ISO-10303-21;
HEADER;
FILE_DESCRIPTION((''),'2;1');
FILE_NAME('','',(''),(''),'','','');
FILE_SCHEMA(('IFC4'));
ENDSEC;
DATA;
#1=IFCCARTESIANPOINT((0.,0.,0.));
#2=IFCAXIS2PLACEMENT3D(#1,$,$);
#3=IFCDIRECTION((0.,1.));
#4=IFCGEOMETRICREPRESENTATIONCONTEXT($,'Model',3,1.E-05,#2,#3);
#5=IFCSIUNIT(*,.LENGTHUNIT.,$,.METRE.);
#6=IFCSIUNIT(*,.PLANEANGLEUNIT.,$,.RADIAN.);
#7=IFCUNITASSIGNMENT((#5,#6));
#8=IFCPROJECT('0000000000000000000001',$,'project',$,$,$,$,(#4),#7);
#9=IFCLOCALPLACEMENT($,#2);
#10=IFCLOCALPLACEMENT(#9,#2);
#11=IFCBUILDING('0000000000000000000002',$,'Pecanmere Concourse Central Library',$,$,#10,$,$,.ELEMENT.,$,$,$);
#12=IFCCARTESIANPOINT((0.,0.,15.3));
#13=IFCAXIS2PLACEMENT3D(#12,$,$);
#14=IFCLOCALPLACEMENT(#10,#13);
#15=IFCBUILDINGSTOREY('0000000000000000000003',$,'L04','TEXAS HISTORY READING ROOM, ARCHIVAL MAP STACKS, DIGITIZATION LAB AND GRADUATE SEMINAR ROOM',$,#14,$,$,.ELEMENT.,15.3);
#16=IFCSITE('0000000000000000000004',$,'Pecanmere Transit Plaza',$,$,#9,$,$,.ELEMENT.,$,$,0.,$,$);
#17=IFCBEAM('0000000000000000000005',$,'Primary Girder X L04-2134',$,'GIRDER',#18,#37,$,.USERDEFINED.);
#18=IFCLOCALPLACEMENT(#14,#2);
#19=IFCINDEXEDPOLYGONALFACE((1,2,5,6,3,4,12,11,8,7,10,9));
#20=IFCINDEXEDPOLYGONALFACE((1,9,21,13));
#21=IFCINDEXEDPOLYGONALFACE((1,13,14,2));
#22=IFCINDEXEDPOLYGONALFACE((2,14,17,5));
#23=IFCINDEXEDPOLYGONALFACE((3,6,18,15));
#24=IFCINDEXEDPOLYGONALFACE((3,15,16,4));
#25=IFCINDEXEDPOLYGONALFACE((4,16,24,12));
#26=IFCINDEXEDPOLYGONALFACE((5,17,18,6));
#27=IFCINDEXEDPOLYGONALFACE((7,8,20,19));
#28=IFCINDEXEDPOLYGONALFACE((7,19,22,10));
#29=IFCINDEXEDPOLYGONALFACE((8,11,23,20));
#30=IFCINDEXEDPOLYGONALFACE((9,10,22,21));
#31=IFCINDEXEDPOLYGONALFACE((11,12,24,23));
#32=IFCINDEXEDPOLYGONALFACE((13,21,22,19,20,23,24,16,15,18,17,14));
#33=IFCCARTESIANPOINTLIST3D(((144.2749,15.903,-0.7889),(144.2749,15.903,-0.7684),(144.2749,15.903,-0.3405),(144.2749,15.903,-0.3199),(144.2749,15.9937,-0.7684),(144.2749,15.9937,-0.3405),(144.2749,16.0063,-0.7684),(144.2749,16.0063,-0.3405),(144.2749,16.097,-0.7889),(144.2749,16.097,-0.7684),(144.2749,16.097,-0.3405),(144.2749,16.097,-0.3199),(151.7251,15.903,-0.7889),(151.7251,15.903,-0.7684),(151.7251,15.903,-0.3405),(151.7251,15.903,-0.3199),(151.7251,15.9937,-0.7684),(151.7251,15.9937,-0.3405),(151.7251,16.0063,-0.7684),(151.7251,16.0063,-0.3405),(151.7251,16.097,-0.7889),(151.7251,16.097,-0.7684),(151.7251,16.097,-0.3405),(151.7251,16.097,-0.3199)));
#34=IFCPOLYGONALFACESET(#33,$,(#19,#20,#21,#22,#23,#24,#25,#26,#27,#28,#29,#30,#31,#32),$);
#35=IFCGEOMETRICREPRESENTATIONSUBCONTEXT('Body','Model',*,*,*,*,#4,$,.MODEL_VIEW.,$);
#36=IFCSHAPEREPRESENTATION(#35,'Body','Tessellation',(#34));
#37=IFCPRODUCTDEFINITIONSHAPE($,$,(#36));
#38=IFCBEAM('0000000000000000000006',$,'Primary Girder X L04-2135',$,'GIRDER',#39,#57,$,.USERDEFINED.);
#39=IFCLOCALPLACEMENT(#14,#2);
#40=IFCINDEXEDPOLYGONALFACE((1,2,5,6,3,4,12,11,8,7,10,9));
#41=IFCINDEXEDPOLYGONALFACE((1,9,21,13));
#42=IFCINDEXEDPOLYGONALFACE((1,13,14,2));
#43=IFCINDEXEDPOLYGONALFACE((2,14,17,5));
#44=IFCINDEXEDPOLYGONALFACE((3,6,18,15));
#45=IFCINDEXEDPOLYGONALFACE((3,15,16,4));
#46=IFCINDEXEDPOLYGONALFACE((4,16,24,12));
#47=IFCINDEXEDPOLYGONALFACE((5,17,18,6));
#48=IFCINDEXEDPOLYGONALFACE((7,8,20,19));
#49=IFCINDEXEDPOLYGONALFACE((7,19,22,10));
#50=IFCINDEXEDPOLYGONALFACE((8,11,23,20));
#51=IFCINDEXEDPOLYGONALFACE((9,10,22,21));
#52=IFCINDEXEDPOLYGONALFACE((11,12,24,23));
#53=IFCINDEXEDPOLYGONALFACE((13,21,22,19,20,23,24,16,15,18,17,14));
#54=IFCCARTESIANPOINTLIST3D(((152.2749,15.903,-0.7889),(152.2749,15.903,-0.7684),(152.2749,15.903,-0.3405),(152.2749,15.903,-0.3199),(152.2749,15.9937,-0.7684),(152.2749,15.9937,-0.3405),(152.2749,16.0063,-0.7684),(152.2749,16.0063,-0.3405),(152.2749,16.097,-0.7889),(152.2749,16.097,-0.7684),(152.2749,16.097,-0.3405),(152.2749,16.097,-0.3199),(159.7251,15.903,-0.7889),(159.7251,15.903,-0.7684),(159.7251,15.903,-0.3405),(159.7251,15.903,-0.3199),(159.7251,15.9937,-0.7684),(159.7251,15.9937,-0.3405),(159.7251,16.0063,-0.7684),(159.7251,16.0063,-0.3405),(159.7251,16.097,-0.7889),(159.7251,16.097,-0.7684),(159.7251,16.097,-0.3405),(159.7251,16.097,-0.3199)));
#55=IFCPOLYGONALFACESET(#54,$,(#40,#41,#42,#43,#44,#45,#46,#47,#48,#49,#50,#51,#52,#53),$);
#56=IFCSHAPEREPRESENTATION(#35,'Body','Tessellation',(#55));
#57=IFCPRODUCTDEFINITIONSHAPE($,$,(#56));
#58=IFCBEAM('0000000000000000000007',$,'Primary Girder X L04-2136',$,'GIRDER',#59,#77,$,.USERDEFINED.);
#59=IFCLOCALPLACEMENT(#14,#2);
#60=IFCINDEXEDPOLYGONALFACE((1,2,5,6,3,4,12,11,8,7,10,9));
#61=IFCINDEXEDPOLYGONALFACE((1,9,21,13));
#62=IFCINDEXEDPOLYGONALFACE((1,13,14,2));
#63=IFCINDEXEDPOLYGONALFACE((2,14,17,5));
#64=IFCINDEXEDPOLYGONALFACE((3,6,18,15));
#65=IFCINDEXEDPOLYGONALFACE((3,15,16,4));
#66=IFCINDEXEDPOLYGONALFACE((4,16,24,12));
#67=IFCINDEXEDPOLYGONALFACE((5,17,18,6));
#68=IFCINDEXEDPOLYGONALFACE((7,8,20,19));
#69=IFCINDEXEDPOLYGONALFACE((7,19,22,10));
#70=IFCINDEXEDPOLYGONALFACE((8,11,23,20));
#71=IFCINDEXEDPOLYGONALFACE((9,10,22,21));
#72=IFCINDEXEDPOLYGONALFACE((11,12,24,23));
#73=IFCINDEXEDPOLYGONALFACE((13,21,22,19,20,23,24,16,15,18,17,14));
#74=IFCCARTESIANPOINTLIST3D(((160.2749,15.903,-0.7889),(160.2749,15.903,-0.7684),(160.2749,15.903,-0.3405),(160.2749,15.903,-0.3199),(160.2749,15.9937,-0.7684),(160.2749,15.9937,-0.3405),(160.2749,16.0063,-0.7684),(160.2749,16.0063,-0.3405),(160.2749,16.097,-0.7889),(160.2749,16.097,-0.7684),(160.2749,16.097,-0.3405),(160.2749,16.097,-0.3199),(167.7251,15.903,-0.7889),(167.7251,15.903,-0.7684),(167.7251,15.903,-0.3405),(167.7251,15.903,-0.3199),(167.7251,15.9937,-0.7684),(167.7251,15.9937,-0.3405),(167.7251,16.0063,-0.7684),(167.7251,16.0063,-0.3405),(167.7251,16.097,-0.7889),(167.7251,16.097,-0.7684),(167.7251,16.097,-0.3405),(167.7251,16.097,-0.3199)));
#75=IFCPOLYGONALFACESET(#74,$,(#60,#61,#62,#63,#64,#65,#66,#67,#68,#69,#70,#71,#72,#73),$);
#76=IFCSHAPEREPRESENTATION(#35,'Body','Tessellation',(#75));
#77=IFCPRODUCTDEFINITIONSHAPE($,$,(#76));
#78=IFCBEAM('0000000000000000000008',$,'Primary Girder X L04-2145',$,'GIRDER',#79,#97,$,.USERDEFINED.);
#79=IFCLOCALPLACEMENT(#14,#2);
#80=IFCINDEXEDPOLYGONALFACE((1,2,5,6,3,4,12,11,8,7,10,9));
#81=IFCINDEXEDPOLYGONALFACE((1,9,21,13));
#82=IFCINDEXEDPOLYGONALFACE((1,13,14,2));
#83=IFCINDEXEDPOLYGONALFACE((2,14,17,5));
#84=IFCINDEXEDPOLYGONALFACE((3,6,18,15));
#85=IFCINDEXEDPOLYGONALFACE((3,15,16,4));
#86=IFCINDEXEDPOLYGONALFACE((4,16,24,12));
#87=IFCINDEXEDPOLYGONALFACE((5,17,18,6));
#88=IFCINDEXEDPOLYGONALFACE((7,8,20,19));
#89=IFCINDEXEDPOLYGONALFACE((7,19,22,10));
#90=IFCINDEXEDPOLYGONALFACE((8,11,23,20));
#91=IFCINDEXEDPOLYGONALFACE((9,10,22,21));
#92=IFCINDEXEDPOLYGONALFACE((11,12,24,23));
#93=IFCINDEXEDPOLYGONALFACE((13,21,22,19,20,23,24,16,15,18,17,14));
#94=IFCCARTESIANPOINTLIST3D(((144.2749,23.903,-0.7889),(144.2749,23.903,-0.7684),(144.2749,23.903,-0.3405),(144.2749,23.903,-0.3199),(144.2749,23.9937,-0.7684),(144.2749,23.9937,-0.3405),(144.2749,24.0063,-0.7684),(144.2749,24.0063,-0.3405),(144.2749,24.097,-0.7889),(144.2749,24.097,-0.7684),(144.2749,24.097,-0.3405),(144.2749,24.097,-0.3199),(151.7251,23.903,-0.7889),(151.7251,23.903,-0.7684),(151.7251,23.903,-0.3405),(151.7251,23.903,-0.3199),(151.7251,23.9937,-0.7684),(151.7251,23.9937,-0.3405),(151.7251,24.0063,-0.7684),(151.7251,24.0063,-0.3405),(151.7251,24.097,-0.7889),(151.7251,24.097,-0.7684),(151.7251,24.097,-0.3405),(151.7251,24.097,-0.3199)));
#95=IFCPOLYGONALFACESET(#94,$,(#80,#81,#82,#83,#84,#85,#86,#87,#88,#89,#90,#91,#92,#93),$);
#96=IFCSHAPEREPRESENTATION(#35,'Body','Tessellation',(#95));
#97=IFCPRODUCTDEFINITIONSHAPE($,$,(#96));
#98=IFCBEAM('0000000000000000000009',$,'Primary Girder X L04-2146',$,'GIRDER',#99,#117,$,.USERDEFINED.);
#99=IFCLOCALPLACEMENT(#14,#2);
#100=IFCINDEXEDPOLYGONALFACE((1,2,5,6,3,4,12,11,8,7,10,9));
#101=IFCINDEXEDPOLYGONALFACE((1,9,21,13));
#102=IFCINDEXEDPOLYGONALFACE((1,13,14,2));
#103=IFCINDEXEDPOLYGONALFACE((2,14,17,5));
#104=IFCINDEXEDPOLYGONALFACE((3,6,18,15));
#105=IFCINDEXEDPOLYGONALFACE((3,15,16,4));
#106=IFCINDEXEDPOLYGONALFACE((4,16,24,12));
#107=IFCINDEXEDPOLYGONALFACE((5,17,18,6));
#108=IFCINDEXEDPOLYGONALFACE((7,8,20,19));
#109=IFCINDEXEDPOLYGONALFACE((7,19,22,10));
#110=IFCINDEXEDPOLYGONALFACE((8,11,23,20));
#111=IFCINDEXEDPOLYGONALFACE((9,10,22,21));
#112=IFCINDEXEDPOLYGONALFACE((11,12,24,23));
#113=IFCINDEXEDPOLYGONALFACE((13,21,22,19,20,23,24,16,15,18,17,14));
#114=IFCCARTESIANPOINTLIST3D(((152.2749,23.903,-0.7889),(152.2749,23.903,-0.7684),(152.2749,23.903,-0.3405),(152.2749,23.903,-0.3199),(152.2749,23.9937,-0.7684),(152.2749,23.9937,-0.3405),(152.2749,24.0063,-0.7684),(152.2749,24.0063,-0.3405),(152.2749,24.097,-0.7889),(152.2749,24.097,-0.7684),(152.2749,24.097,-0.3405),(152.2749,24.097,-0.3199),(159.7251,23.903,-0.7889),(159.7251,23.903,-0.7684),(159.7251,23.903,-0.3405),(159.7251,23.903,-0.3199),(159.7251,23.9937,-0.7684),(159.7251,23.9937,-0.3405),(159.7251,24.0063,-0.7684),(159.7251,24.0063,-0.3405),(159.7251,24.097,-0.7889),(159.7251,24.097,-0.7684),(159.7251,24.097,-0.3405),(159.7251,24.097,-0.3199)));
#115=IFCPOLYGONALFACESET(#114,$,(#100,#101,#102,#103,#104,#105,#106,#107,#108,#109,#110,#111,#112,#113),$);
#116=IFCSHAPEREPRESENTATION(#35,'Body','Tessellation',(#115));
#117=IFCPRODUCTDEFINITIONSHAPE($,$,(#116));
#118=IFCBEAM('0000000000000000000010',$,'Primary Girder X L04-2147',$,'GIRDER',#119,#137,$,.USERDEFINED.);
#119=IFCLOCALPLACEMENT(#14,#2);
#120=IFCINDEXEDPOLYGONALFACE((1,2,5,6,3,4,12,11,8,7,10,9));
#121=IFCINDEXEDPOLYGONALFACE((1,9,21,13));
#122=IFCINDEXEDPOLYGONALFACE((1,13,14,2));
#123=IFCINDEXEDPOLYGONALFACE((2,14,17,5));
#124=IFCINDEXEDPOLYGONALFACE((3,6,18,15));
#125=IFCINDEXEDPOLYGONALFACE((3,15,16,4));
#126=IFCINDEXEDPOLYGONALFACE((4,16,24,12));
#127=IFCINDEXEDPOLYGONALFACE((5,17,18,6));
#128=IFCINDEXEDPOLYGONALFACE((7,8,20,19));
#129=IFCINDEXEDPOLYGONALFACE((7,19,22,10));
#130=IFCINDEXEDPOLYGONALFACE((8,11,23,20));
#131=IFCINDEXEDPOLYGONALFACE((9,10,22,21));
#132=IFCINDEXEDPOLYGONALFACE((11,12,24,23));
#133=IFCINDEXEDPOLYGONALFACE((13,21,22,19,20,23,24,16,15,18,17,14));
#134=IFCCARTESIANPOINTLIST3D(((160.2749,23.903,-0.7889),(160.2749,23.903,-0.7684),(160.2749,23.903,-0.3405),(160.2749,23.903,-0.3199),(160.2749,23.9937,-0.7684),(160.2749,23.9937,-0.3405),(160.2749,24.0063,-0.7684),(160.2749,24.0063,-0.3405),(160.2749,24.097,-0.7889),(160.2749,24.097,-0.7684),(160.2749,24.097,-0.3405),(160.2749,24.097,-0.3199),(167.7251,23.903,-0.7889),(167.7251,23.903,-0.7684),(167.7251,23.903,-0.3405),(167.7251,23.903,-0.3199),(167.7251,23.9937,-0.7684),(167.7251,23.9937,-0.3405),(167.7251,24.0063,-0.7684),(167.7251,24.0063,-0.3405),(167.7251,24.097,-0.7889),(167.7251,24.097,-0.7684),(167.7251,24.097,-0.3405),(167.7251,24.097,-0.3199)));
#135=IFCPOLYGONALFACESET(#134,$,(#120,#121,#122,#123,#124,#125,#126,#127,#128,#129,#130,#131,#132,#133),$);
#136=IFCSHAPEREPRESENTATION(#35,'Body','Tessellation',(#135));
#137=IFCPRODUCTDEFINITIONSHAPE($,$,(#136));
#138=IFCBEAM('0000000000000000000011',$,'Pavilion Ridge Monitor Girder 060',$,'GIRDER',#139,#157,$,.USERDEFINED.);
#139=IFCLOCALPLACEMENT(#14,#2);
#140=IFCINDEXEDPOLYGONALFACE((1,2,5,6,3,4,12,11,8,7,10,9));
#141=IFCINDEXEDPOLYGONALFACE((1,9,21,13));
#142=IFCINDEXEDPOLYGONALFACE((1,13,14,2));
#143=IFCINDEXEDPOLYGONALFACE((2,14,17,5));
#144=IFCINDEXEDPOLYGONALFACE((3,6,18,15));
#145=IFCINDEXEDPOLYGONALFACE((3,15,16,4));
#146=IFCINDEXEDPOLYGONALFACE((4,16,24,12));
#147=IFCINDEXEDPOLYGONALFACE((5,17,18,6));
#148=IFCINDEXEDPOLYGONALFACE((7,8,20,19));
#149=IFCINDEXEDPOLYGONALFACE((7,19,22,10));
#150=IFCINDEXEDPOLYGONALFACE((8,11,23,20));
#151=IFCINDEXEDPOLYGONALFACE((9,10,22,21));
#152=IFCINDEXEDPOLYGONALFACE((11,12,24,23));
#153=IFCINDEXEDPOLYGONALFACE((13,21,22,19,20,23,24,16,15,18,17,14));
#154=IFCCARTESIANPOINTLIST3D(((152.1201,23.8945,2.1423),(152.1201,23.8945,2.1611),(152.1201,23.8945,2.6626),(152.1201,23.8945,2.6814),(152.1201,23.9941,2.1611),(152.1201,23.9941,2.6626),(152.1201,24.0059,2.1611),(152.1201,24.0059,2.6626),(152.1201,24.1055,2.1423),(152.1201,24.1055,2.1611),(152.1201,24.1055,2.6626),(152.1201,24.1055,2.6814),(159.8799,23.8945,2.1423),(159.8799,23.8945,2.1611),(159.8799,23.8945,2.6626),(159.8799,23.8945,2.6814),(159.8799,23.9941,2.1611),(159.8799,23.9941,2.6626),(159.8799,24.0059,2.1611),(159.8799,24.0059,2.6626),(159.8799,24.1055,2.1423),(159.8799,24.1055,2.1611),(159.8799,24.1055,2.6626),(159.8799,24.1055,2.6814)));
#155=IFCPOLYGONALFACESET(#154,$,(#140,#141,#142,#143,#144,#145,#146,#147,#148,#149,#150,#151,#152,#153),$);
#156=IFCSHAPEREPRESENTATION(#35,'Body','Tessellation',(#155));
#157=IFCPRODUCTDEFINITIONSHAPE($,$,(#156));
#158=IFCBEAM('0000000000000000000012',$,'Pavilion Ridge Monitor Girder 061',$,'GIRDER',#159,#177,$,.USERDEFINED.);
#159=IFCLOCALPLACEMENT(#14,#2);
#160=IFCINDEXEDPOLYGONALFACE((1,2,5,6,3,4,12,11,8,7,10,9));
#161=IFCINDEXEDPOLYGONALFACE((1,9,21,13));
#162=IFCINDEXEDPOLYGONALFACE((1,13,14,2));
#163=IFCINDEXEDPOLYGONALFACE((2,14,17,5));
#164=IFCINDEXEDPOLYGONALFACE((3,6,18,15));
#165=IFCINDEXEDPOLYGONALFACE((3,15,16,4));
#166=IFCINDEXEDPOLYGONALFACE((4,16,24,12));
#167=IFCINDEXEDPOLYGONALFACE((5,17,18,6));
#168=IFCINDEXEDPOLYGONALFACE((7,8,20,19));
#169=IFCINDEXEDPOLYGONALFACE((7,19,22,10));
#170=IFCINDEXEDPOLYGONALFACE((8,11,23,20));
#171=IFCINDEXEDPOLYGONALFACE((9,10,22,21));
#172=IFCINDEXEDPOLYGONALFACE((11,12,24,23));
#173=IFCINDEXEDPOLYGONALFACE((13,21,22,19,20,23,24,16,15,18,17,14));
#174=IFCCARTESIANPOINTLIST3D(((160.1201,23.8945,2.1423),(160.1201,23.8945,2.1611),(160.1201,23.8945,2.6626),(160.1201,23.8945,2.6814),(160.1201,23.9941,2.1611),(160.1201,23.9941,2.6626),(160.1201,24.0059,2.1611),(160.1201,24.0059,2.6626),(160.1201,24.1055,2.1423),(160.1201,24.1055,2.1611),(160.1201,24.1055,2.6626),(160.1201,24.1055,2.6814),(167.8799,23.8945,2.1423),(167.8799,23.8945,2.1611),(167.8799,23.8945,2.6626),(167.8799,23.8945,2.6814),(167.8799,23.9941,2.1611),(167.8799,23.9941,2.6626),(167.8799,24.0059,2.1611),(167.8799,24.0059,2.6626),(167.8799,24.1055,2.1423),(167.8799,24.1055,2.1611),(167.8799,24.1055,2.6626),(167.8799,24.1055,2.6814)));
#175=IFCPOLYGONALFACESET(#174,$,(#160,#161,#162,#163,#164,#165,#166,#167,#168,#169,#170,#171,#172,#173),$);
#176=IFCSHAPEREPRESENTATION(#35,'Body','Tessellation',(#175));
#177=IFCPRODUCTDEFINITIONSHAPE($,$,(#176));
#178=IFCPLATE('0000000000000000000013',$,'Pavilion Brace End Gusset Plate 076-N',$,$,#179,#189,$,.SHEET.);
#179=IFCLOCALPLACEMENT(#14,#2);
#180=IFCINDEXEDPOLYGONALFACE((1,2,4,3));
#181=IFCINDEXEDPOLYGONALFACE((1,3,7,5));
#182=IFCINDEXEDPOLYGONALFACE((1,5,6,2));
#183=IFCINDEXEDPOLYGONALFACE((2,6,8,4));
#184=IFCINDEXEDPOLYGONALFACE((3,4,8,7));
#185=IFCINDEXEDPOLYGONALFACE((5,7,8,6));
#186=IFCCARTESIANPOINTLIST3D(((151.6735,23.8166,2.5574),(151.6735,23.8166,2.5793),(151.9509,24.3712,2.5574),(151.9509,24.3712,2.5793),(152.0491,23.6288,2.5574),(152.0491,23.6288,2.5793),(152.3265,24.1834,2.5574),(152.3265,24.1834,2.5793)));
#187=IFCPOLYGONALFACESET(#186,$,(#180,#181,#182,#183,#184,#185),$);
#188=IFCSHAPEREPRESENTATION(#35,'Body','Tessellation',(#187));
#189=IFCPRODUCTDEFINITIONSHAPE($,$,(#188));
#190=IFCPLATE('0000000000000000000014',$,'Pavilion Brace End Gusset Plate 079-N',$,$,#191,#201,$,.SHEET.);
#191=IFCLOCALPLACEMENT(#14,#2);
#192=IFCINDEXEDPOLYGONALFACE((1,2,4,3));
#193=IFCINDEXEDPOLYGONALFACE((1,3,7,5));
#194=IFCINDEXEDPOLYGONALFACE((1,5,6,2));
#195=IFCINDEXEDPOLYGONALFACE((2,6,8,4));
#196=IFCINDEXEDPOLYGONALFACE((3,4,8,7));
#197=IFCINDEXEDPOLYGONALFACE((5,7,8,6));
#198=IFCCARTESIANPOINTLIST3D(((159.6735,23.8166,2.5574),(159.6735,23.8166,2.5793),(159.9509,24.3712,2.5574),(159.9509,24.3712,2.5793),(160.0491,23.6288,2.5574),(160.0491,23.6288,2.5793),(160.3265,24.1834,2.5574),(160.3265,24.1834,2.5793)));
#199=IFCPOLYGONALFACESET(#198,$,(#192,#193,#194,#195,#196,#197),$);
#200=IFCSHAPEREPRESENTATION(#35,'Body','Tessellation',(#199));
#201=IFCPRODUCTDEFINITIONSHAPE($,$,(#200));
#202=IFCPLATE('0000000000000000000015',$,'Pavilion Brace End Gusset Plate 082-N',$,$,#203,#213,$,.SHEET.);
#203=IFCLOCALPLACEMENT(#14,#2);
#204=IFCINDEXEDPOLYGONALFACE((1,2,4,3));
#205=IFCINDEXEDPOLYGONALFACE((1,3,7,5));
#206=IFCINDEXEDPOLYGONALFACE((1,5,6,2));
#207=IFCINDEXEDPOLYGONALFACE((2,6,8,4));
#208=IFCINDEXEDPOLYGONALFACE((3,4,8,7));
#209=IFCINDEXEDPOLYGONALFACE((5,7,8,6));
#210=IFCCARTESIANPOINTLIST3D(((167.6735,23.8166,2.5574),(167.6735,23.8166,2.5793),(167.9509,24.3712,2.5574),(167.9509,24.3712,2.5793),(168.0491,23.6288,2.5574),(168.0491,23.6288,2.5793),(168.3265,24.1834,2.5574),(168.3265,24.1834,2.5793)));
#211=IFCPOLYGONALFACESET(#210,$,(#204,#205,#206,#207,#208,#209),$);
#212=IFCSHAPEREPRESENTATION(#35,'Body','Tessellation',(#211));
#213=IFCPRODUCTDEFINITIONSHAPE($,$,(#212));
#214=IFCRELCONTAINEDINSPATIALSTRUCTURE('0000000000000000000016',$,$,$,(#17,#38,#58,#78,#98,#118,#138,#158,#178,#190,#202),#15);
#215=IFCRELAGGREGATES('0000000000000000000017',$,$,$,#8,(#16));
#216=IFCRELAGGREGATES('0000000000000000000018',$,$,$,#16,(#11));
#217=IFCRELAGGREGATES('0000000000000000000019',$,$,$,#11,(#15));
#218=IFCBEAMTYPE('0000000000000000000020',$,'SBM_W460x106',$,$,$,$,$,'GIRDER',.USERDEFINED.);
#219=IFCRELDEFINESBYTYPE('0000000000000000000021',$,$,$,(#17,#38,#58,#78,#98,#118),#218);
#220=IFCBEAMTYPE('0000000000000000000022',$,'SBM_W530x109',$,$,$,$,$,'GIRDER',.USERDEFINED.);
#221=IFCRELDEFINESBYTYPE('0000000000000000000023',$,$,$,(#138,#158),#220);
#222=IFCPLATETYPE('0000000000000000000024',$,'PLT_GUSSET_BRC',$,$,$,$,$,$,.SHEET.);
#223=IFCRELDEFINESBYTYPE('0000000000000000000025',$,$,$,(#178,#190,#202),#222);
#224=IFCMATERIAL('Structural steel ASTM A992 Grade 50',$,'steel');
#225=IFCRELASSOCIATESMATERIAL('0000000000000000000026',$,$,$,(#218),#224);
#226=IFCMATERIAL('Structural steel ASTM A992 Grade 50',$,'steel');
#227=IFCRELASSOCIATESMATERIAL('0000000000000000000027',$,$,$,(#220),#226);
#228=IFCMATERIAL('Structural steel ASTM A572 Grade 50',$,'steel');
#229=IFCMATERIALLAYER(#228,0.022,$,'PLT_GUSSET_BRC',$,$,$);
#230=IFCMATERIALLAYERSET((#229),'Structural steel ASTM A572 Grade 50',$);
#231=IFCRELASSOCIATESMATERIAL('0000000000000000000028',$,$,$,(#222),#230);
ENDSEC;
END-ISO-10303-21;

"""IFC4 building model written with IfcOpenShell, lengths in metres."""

from ifc_helpers import new_model, si_unit, direction, frame, origin, origin_2d, place, context, subcontext, project, spatial, rectangle, i_section, extrude, material, layer, layer_set, material_profile, profile_set, type_object, element, save


model = new_model("IFC4")

# Units and contexts
model_context = context("Model", 3, precision=1e-05, world=origin(), true_north=direction((0.0, 1.0)))
body_context = subcontext(model_context, "Body", "Model", "MODEL_VIEW")
ifc_project = project(units=[si_unit("LENGTHUNIT", "METRE"), si_unit("PLANEANGLEUNIT", "RADIAN")], contexts=[model_context])

# Site, building, storey
site_placement = place(None, origin())
site = spatial("IfcSite", under=ifc_project, at=site_placement, Name="Pecanmere Transit Plaza", CompositionType="ELEMENT", RefElevation=0.0)
building_placement = place(site_placement, origin())
building = spatial("IfcBuilding", under=site, at=building_placement, Name="Pecanmere Concourse Central Library", CompositionType="ELEMENT")
storey_placement = place(building_placement, frame((0.0, 0.0, 15.3)))
storey = spatial("IfcBuildingStorey", under=building, at=storey_placement, Name="L04", Description="TEXAS HISTORY READING ROOM, ARCHIVAL MAP STACKS, DIGITIZATION LAB AND GRADUATE SEMINAR ROOM", CompositionType="ELEMENT", Elevation=15.3)

# Beams
ifc_material_1 = material(Name="Structural steel ASTM A992 Grade 50", Category="steel")
ifc_material_profile_1 = material_profile(ifc_material_1, i_section(OverallWidth=0.1941, OverallDepth=0.469, WebThickness=0.0127, FlangeThickness=0.0205, at=origin_2d()), Name="W460x106")
ifc_profile_set_1 = profile_set([ifc_material_profile_1], Name="Structural steel ASTM A992 Grade 50")
beam_type_1 = type_object("IfcBeamType", Name="SBM_W460x106", ElementType="GIRDER", PredefinedType="USERDEFINED", material=ifc_profile_set_1)
for number, where, z_axis, x_axis, name in (
    (1, (144.2749, 16.0, -0.5544), (1.0, 0.0, 0.0), (0.0, 1.0, 0.0), "Primary Girder X L04-2134"),
    (2, (152.2749, 16.0, -0.5544), (1.0, 0.0, 0.0), (0.0, 1.0, 0.0), "Primary Girder X L04-2135"),
    (3, (160.2749, 16.0, -0.5544), (1.0, 0.0, 0.0), (0.0, 1.0, 0.0), "Primary Girder X L04-2136"),
    (4, (144.2749, 24.0, -0.5544), (1.0, 0.0, 0.0), (0.0, 1.0, 0.0), "Primary Girder X L04-2145"),
    (5, (152.2749, 24.0, -0.5544), (1.0, 0.0, 0.0), (0.0, 1.0, 0.0), "Primary Girder X L04-2146"),
    (6, (160.2749, 24.0, -0.5544), (1.0, 0.0, 0.0), (0.0, 1.0, 0.0), "Primary Girder X L04-2147"),
):
    element("IfcBeam", number, at=place(storey_placement, frame(where, z_axis=z_axis, x_axis=x_axis)), inside=storey, type_object=beam_type_1, Name=name, ObjectType="GIRDER", PredefinedType="USERDEFINED", context=body_context, shape_type="SweptSolid", body=[
        extrude(i_section(OverallWidth=0.1941, OverallDepth=0.469, WebThickness=0.0127, FlangeThickness=0.0205, at=origin_2d()), origin(), (0.0, 0.0, 1.0), 7.4502),
    ])
ifc_material_2 = material(Name="Structural steel ASTM A992 Grade 50", Category="steel")
ifc_material_profile_2 = material_profile(ifc_material_2, i_section(OverallWidth=0.2109, OverallDepth=0.5391, WebThickness=0.0117, FlangeThickness=0.0188, at=origin_2d()), Name="W530x109")
ifc_profile_set_2 = profile_set([ifc_material_profile_2], Name="Structural steel ASTM A992 Grade 50")
beam_type_2 = type_object("IfcBeamType", Name="SBM_W530x109", ElementType="GIRDER", PredefinedType="USERDEFINED", material=ifc_profile_set_2)
for number, where, z_axis, x_axis, name in (
    (7, (152.1201, 24.0, 2.4119), (1.0, 0.0, 0.0), (0.0, 1.0, 0.0), "Pavilion Ridge Monitor Girder 060"),
    (8, (160.1201, 24.0, 2.4119), (1.0, 0.0, 0.0), (0.0, 1.0, 0.0), "Pavilion Ridge Monitor Girder 061"),
):
    element("IfcBeam", number, at=place(storey_placement, frame(where, z_axis=z_axis, x_axis=x_axis)), inside=storey, type_object=beam_type_2, Name=name, ObjectType="GIRDER", PredefinedType="USERDEFINED", context=body_context, shape_type="SweptSolid", body=[
        extrude(i_section(OverallWidth=0.2109, OverallDepth=0.5391, WebThickness=0.0117, FlangeThickness=0.0188, at=origin_2d()), origin(), (0.0, 0.0, 1.0), 7.7598),
    ])

# Plates
ifc_material_3 = material(Name="Structural steel ASTM A572 Grade 50", Category="steel")
ifc_layer = layer(ifc_material_3, 0.022, Name="PLT_GUSSET_BRC")
ifc_layer_set = layer_set([ifc_layer], Name="Structural steel ASTM A572 Grade 50")
plate_type = type_object("IfcPlateType", Name="PLT_GUSSET_BRC", PredefinedType="SHEET", material=ifc_layer_set)
for number, where, z_axis, x_axis, name in (
    (9, (152.0, 24.0, 2.5574), (0.0, 0.0, 1.0), (0.447291, 0.894389, 0.0), "Pavilion Brace End Gusset Plate 076-N"),
    (10, (160.0, 24.0, 2.5574), (0.0, 0.0, 1.0), (0.447291, 0.894389, 0.0), "Pavilion Brace End Gusset Plate 079-N"),
    (11, (168.0, 24.0, 2.5574), (0.0, 0.0, 1.0), (0.447291, 0.894389, 0.0), "Pavilion Brace End Gusset Plate 082-N"),
):
    element("IfcPlate", number, at=place(storey_placement, frame(where, z_axis=z_axis, x_axis=x_axis)), inside=storey, type_object=plate_type, Name=name, PredefinedType="SHEET", context=body_context, shape_type="SweptSolid", body=[
        extrude(rectangle(XDim=0.6201, YDim=0.4199, at=origin_2d()), origin(), (0.0, 0.0, 1.0), 0.022),
    ])

save(model, "model.ifc")
